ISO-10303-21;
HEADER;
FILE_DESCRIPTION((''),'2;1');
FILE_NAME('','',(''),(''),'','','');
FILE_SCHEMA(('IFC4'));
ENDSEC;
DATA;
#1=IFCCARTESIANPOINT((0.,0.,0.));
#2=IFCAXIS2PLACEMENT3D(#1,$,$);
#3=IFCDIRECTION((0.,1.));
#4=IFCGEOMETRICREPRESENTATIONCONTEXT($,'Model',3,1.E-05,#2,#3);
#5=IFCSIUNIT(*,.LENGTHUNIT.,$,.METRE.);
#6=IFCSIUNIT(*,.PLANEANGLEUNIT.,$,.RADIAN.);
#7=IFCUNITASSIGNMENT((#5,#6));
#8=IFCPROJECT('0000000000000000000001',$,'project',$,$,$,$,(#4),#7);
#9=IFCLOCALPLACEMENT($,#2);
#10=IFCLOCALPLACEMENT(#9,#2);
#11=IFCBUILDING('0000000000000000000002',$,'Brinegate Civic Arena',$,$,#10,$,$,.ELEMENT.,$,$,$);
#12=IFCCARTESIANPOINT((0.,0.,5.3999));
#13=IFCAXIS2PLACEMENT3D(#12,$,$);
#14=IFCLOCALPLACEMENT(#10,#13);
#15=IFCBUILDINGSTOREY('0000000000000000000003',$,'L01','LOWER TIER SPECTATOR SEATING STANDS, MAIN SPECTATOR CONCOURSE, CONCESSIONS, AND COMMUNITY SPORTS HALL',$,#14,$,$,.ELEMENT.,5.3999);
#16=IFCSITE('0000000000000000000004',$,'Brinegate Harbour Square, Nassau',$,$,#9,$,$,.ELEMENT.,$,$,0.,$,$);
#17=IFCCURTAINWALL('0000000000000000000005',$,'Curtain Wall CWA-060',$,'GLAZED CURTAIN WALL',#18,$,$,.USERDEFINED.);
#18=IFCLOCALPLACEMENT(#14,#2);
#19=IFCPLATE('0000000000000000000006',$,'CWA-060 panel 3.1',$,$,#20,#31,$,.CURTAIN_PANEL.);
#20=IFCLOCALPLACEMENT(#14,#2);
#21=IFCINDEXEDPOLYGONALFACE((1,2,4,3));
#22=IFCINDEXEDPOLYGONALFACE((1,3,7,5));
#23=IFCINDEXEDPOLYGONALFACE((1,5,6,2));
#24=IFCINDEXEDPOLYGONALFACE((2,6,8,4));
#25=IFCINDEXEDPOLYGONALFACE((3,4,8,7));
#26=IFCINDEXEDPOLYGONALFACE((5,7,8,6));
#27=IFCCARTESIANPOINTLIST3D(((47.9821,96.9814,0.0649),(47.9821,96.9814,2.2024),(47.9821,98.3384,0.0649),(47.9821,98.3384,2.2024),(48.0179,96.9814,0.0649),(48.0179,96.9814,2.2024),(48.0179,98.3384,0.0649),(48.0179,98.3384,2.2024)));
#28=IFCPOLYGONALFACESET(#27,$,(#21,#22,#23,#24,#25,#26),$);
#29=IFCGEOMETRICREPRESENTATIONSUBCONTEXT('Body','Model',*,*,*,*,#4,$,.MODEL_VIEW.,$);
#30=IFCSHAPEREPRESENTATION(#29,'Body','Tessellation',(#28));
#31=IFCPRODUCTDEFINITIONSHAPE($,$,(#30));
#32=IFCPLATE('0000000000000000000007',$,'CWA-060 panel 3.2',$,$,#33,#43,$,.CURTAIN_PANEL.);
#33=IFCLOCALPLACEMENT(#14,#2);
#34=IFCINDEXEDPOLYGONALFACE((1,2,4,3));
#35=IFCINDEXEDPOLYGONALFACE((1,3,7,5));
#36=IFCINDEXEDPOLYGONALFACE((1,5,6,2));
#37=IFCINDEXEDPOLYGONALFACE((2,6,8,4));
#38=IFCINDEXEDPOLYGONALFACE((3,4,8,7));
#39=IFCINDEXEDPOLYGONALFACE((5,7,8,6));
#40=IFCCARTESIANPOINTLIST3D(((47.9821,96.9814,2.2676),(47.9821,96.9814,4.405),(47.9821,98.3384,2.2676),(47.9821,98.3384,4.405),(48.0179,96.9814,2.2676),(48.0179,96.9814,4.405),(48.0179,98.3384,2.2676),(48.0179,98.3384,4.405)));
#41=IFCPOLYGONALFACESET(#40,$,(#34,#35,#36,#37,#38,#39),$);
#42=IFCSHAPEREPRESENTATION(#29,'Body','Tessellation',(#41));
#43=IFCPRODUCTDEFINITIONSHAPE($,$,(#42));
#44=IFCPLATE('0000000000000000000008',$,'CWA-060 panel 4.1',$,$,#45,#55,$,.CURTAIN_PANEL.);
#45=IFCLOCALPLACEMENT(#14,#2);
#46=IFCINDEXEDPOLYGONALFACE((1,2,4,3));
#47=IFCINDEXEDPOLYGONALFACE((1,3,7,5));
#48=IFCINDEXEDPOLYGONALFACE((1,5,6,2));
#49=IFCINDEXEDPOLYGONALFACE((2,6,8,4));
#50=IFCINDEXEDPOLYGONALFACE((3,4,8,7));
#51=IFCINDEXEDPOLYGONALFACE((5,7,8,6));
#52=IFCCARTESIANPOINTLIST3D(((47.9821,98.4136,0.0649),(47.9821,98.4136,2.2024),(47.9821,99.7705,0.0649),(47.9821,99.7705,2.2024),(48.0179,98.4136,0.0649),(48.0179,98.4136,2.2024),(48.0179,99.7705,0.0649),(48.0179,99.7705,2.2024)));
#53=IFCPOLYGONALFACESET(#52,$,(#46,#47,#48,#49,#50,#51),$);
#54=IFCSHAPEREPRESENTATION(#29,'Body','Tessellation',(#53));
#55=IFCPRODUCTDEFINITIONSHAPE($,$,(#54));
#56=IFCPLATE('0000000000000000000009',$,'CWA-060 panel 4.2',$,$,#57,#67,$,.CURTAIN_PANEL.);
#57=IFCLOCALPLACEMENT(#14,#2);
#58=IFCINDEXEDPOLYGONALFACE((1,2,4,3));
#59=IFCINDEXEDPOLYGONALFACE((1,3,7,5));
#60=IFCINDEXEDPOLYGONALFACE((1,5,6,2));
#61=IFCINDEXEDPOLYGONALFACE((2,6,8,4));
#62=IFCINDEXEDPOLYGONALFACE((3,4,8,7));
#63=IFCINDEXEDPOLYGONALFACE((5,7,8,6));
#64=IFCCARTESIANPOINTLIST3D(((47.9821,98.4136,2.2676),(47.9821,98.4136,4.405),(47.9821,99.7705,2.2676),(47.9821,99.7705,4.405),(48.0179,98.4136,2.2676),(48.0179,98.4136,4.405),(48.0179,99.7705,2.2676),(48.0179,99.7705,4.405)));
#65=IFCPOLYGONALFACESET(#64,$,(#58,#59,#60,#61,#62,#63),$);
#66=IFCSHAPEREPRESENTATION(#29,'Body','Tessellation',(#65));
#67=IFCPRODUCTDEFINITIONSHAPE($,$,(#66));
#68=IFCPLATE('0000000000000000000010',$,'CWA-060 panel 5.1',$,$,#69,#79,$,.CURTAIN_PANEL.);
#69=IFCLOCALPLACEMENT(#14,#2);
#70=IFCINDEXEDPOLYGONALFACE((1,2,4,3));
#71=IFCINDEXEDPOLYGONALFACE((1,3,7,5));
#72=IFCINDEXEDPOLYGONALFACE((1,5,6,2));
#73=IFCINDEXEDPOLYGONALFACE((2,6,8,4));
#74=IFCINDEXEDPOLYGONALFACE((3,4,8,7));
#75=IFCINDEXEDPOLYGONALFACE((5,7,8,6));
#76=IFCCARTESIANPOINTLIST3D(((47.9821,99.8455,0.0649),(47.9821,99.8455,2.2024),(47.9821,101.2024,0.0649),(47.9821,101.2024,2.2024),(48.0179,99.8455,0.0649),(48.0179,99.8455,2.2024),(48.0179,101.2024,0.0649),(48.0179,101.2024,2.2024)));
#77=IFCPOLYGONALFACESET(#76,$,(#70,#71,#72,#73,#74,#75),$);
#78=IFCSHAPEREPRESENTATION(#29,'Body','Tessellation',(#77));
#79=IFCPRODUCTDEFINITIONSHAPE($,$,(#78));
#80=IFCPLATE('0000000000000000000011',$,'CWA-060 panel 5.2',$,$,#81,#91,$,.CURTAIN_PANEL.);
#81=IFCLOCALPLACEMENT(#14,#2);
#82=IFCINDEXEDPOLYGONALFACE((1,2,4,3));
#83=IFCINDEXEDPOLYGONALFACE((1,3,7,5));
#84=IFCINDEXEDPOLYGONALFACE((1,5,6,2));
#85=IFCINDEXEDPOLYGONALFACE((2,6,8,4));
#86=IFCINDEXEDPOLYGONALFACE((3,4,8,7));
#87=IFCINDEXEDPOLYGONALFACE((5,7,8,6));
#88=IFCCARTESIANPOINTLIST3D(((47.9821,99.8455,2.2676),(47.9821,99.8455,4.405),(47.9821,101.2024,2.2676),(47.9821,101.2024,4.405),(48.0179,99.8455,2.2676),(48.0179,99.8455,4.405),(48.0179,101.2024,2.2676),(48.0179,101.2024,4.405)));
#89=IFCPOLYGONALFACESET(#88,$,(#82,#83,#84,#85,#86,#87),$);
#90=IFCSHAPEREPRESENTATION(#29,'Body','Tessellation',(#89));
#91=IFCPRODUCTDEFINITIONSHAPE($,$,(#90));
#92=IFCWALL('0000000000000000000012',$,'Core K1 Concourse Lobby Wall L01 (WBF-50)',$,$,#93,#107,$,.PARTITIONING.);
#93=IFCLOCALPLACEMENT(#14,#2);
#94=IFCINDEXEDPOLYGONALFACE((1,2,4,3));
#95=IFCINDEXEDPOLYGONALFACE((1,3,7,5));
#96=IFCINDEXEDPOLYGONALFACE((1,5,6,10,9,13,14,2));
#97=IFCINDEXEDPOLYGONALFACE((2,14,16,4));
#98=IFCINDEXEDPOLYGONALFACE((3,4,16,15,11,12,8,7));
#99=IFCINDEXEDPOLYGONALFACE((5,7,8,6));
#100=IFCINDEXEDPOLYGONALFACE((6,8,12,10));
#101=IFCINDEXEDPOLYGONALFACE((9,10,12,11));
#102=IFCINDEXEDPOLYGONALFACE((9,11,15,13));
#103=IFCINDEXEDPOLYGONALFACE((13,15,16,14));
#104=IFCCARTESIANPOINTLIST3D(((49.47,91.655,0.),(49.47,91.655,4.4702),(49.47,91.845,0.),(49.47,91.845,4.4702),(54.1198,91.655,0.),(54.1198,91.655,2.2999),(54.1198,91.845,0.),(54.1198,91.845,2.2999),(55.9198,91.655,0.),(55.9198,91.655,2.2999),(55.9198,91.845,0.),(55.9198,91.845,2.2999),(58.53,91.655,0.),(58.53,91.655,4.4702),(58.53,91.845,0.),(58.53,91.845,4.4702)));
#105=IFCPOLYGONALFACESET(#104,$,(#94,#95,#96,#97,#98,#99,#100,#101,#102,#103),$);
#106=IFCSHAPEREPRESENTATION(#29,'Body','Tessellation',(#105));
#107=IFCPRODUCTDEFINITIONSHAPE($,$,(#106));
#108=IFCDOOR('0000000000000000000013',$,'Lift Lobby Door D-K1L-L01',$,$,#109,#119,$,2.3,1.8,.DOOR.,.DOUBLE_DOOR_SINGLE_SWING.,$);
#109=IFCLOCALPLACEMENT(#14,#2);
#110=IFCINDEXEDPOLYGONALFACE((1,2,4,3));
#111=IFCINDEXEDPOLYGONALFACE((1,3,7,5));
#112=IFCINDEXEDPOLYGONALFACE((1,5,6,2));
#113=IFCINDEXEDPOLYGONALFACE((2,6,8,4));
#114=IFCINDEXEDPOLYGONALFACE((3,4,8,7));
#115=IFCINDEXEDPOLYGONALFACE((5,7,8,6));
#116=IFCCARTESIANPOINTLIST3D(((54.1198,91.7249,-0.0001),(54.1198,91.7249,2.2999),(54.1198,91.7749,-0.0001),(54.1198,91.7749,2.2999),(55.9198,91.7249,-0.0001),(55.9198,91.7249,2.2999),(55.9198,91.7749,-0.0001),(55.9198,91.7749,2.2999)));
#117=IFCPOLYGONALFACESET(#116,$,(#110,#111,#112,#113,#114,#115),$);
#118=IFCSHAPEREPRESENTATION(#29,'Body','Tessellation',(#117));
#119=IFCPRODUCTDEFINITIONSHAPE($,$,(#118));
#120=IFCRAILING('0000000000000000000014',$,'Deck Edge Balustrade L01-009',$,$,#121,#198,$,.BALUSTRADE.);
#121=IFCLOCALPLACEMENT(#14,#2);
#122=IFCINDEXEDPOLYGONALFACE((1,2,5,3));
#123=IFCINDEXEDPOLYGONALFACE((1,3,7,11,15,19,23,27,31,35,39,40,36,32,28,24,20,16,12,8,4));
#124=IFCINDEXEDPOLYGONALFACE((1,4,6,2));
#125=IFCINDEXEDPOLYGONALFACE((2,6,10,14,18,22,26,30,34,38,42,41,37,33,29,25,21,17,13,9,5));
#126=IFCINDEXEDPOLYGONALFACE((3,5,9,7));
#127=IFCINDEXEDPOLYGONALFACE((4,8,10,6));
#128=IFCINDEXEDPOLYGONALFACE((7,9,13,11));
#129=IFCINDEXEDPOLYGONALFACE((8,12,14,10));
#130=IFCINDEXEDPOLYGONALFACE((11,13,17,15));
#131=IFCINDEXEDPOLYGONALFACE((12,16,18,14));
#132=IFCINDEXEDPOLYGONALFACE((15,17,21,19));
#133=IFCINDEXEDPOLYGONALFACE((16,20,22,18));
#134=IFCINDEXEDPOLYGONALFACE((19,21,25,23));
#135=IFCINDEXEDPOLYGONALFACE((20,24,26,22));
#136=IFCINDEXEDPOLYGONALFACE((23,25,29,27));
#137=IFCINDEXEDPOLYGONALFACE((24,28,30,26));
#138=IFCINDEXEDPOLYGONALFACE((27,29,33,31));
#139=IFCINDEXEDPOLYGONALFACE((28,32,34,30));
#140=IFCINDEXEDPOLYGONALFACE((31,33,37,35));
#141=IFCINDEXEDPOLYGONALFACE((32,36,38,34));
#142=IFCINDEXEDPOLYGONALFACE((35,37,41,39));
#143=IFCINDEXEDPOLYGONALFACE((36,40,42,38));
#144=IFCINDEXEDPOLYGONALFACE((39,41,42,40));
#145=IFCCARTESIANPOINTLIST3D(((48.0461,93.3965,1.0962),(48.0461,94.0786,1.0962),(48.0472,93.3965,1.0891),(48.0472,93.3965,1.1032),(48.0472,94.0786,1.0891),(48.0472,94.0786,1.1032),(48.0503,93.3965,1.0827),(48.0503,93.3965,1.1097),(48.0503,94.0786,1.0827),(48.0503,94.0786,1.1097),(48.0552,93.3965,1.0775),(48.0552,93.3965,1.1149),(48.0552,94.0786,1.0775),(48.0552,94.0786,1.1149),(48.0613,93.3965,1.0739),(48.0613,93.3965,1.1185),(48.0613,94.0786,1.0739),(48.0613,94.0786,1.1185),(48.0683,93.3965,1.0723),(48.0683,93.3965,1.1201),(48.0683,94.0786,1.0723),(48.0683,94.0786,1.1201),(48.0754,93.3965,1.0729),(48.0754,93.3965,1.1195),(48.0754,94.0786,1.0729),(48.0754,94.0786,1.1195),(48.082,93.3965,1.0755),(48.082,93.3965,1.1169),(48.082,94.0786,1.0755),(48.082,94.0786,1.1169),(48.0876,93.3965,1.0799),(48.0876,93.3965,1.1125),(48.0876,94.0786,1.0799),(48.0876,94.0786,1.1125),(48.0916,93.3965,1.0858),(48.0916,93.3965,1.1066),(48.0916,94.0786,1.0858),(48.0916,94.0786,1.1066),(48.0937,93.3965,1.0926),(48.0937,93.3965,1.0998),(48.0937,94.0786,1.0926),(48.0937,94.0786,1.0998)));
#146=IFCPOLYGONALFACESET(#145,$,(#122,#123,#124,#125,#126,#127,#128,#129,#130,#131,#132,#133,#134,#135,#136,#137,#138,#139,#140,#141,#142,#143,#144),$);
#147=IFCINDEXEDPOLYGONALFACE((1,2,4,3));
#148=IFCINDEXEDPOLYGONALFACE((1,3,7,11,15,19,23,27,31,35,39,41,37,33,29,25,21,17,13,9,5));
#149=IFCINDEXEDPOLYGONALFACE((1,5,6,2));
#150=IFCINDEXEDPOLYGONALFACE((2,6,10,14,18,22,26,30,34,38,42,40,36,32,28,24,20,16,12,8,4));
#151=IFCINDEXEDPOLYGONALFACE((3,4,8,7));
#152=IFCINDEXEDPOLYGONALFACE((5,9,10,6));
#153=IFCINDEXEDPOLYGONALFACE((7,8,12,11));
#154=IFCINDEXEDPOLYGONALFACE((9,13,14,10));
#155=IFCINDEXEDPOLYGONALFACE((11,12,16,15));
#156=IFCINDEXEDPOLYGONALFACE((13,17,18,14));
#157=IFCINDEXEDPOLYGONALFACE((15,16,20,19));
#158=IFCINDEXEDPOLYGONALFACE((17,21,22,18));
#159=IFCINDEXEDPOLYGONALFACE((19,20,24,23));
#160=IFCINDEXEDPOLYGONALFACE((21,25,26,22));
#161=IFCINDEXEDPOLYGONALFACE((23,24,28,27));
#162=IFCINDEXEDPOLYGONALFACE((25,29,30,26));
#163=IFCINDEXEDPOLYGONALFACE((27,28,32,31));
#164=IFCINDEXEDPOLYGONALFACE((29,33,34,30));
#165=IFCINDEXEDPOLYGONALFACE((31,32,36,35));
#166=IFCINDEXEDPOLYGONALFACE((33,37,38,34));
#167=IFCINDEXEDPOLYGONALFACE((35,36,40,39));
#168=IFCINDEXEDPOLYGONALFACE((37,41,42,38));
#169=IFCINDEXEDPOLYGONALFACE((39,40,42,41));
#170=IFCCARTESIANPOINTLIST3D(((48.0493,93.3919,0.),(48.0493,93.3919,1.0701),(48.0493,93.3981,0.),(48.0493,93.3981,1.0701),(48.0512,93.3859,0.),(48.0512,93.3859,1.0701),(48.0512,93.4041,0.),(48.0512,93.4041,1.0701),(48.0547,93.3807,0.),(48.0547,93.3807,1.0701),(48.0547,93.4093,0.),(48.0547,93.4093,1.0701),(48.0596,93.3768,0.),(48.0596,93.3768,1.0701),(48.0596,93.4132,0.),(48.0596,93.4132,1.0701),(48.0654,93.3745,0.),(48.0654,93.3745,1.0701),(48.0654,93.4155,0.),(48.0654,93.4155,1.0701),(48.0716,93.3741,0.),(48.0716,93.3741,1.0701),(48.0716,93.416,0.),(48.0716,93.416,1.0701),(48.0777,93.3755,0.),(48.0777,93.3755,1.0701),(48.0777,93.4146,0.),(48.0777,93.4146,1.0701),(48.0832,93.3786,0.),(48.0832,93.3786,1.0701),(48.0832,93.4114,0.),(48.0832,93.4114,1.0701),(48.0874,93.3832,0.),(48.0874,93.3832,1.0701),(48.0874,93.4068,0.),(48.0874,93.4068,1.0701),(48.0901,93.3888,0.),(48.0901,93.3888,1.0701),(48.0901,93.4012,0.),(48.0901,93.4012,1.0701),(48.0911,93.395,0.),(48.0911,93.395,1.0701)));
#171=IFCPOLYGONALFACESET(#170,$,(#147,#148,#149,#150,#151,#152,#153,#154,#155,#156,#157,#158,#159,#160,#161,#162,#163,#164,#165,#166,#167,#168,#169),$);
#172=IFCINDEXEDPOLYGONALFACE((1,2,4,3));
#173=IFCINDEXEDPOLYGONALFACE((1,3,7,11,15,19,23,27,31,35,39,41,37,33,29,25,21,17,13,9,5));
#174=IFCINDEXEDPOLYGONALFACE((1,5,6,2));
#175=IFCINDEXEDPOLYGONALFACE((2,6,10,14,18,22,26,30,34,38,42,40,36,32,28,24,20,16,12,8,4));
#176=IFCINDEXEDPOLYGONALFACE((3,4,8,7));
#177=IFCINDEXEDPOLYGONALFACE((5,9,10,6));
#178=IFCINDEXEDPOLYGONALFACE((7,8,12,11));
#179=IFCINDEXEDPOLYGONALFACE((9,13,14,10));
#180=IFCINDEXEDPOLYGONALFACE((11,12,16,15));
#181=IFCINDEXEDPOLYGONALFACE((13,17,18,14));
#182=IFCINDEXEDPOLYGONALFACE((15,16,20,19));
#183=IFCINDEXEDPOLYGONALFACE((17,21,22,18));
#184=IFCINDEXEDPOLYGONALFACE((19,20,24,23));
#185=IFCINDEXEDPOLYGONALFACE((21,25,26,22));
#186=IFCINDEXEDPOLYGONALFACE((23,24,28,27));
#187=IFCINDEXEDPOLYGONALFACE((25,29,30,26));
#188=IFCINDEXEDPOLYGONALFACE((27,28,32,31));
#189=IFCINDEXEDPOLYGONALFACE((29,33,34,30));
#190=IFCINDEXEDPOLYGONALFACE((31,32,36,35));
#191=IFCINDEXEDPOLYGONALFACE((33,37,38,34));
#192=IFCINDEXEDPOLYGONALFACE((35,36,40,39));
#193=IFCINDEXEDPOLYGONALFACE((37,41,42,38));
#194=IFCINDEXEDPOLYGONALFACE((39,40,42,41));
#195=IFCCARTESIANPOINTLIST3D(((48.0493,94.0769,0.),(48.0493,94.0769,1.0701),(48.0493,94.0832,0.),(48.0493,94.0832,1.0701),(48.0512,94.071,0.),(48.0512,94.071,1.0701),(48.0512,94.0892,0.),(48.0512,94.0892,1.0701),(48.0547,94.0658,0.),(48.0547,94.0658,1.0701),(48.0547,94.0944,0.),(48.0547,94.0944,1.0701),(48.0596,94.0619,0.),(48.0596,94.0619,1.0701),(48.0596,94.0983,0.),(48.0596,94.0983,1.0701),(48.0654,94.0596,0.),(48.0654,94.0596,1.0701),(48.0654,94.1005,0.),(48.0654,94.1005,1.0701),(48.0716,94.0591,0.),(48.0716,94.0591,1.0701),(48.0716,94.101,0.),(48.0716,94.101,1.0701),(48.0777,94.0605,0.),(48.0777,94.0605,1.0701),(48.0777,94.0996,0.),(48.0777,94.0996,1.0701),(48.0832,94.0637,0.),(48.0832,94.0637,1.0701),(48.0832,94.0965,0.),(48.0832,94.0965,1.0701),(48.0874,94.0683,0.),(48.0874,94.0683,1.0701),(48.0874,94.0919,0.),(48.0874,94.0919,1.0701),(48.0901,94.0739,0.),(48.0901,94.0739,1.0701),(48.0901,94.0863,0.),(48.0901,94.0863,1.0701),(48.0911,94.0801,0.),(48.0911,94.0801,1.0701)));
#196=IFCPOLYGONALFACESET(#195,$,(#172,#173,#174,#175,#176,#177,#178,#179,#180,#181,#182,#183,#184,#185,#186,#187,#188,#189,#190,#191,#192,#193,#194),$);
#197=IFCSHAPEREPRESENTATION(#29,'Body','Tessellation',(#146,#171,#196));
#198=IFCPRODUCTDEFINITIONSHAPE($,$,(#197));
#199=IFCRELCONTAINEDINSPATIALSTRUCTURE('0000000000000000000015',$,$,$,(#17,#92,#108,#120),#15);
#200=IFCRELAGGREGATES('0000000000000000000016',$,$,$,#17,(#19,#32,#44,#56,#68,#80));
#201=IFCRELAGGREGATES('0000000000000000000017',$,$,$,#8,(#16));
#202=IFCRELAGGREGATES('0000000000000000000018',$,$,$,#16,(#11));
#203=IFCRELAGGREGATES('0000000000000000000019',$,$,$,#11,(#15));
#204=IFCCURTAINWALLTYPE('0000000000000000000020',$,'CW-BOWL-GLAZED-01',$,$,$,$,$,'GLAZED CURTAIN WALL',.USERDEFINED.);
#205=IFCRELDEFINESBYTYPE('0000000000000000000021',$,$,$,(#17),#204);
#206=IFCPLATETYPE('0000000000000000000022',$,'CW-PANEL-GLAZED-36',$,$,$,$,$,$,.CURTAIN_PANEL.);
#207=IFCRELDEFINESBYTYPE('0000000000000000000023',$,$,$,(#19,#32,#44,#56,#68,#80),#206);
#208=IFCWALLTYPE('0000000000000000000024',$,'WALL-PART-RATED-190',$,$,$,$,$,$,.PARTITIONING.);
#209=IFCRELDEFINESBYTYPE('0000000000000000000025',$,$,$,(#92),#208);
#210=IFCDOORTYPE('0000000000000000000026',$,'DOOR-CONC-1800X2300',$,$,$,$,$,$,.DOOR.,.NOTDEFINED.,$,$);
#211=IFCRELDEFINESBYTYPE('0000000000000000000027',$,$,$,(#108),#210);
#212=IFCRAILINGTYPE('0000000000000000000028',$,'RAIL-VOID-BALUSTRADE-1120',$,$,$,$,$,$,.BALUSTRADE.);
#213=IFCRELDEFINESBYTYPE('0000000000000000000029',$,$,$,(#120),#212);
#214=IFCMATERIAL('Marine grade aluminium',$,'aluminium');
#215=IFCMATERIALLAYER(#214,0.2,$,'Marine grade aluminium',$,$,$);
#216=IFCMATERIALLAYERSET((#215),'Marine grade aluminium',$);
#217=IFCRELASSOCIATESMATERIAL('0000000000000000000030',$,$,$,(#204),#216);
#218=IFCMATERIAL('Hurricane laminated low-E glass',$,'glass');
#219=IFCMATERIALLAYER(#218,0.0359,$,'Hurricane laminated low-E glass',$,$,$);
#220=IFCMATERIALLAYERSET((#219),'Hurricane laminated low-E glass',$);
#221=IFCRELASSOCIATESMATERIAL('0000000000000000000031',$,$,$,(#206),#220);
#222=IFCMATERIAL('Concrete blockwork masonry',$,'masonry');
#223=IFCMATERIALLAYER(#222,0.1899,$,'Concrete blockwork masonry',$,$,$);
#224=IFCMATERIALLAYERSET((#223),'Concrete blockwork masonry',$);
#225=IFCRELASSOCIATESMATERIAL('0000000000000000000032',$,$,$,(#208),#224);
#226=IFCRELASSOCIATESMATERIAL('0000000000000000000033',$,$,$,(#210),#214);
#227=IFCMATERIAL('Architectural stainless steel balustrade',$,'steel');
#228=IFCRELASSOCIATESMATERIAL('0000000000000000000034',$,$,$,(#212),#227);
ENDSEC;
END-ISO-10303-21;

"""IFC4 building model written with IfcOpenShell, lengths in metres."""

from ifc_helpers import new_model, si_unit, direction, frame, frame_2d, origin, origin_2d, place, context, subcontext, project, spatial, rectangle, circle, extrude, material, layer, layer_set, type_object, element, fill, aggregate, save


model = new_model("IFC4")

# Units and contexts
model_context = context("Model", 3, precision=1e-05, world=origin(), true_north=direction((0.0, 1.0)))
body_context = subcontext(model_context, "Body", "Model", "MODEL_VIEW")
ifc_project = project(units=[si_unit("LENGTHUNIT", "METRE"), si_unit("PLANEANGLEUNIT", "RADIAN")], contexts=[model_context])

# Site, building, storey
site_placement = place(None, origin())
site = spatial("IfcSite", under=ifc_project, at=site_placement, Name="Brinegate Harbour Square, Nassau", CompositionType="ELEMENT", RefElevation=0.0)
building_placement = place(site_placement, origin())
building = spatial("IfcBuilding", under=site, at=building_placement, Name="Brinegate Civic Arena", CompositionType="ELEMENT")
storey_placement = place(building_placement, frame((0.0, 0.0, 5.3999)))
storey = spatial("IfcBuildingStorey", under=building, at=storey_placement, Name="L01", Description="LOWER TIER SPECTATOR SEATING STANDS, MAIN SPECTATOR CONCOURSE, CONCESSIONS, AND COMMUNITY SPORTS HALL", CompositionType="ELEMENT", Elevation=5.3999)

# Curtain wall
ifc_material_1 = material(Name="Marine grade aluminium", Category="aluminium")
ifc_layer_1 = layer(ifc_material_1, 0.2, Name="Marine grade aluminium")
ifc_layer_set_1 = layer_set([ifc_layer_1], Name="Marine grade aluminium")
curtain_wall_type = type_object("IfcCurtainWallType", Name="CW-BOWL-GLAZED-01", ElementType="GLAZED CURTAIN WALL", PredefinedType="USERDEFINED", material=ifc_layer_set_1)
curtain_wall_placement = place(storey_placement, origin())
curtain_wall = element("IfcCurtainWall", 1, at=curtain_wall_placement, inside=storey, type_object=curtain_wall_type, Name="Curtain Wall CWA-060", ObjectType="GLAZED CURTAIN WALL", PredefinedType="USERDEFINED")

# Plates
ifc_material_2 = material(Name="Hurricane laminated low-E glass", Category="glass")
ifc_layer_2 = layer(ifc_material_2, 0.0359, Name="Hurricane laminated low-E glass")
ifc_layer_set_2 = layer_set([ifc_layer_2], Name="Hurricane laminated low-E glass")
plate_type = type_object("IfcPlateType", Name="CW-PANEL-GLAZED-36", PredefinedType="CURTAIN_PANEL", material=ifc_layer_set_2)
plate_1_placement = place(storey_placement, frame((48.0, 97.6599, 0.0649), z_axis=(0.0, 0.0, 1.0), x_axis=(0.0, 1.0, 0.0)))
plate_1 = element("IfcPlate", 2, at=plate_1_placement, type_object=plate_type, Name="CWA-060 panel 3.1", PredefinedType="CURTAIN_PANEL", context=body_context, shape_type="SweptSolid", body=[
    extrude(rectangle(XDim=1.3569, YDim=0.0359, at=origin_2d()), origin(), (0.0, 0.0, 1.0), 2.1375),
])
plate_2_placement = place(storey_placement, frame((48.0, 97.6599, 2.2676), z_axis=(0.0, 0.0, 1.0), x_axis=(0.0, 1.0, 0.0)))
plate_2 = element("IfcPlate", 3, at=plate_2_placement, type_object=plate_type, Name="CWA-060 panel 3.2", PredefinedType="CURTAIN_PANEL", context=body_context, shape_type="SweptSolid", body=[
    extrude(rectangle(XDim=1.3569, YDim=0.0359, at=origin_2d()), origin(), (0.0, 0.0, 1.0), 2.1375),
])
plate_3_placement = place(storey_placement, frame((48.0, 99.092, 0.0649), z_axis=(0.0, 0.0, 1.0), x_axis=(0.0, 1.0, 0.0)))
plate_3 = element("IfcPlate", 4, at=plate_3_placement, type_object=plate_type, Name="CWA-060 panel 4.1", PredefinedType="CURTAIN_PANEL", context=body_context, shape_type="SweptSolid", body=[
    extrude(rectangle(XDim=1.3569, YDim=0.0359, at=origin_2d()), origin(), (0.0, 0.0, 1.0), 2.1375),
])
plate_4_placement = place(storey_placement, frame((48.0, 99.092, 2.2676), z_axis=(0.0, 0.0, 1.0), x_axis=(0.0, 1.0, 0.0)))
plate_4 = element("IfcPlate", 5, at=plate_4_placement, type_object=plate_type, Name="CWA-060 panel 4.2", PredefinedType="CURTAIN_PANEL", context=body_context, shape_type="SweptSolid", body=[
    extrude(rectangle(XDim=1.3569, YDim=0.0359, at=origin_2d()), origin(), (0.0, 0.0, 1.0), 2.1375),
])
plate_5_placement = place(storey_placement, frame((48.0, 100.5239, 0.0649), z_axis=(0.0, 0.0, 1.0), x_axis=(0.0, 1.0, 0.0)))
plate_5 = element("IfcPlate", 6, at=plate_5_placement, type_object=plate_type, Name="CWA-060 panel 5.1", PredefinedType="CURTAIN_PANEL", context=body_context, shape_type="SweptSolid", body=[
    extrude(rectangle(XDim=1.3569, YDim=0.0359, at=origin_2d()), origin(), (0.0, 0.0, 1.0), 2.1375),
])
plate_6_placement = place(storey_placement, frame((48.0, 100.5239, 2.2676), z_axis=(0.0, 0.0, 1.0), x_axis=(0.0, 1.0, 0.0)))
plate_6 = element("IfcPlate", 7, at=plate_6_placement, type_object=plate_type, Name="CWA-060 panel 5.2", PredefinedType="CURTAIN_PANEL", context=body_context, shape_type="SweptSolid", body=[
    extrude(rectangle(XDim=1.3569, YDim=0.0359, at=origin_2d()), origin(), (0.0, 0.0, 1.0), 2.1375),
])
aggregate(curtain_wall, [plate_1, plate_2, plate_3, plate_4, plate_5, plate_6])

# Wall, opening, door
ifc_material_3 = material(Name="Concrete blockwork masonry", Category="masonry")
ifc_layer_3 = layer(ifc_material_3, 0.1899, Name="Concrete blockwork masonry")
ifc_layer_set_3 = layer_set([ifc_layer_3], Name="Concrete blockwork masonry")
wall_type = type_object("IfcWallType", Name="WALL-PART-RATED-190", PredefinedType="PARTITIONING", material=ifc_layer_set_3)
wall_placement = place(storey_placement, frame((49.47, 91.75, 0.0), z_axis=(0.0, 0.0, 1.0), x_axis=(1.0, 0.0, 0.0)))
wall = element("IfcWall", 8, at=wall_placement, inside=storey, type_object=wall_type, Name="Core K1 Concourse Lobby Wall L01 (WBF-50)", PredefinedType="PARTITIONING", context=body_context, shape_type="SweptSolid", body=[
    extrude(rectangle(XDim=9.0601, YDim=0.1899, at=frame_2d((4.53, 0.0))), origin(), (0.0, 0.0, 1.0), 4.4702),
])
opening_placement = place(wall_placement, frame((4.6499, 0.0, 0.0)))
opening = element("IfcOpeningElement", 9, at=opening_placement, cuts=wall, PredefinedType="OPENING", context=body_context, shape_type="SweptSolid", body=[
    extrude(rectangle(XDim=1.8, YDim=2.3, at=frame_2d((0.8999, 1.1499))), frame((0.0, 0.105, 0.0), z_axis=(0.0, -1.0, 0.0), x_axis=(1.0, 0.0, 0.0)), (0.0, 0.0, 1.0), 0.21),
])
door_type = type_object("IfcDoorType", Name="DOOR-CONC-1800X2300", OperationType="NOTDEFINED", PredefinedType="DOOR", material=ifc_material_1)
door_placement = place(opening_placement, origin())
door = element("IfcDoor", 10, at=door_placement, inside=storey, type_object=door_type, Name="Lift Lobby Door D-K1L-L01", OperationType="DOUBLE_DOOR_SINGLE_SWING", OverallHeight=2.3, OverallWidth=1.8, PredefinedType="DOOR", context=body_context, shape_type="SweptSolid", body=[
    extrude(rectangle(XDim=1.8, YDim=2.3, at=frame_2d((0.8999, 1.1499))), frame((0.0, 0.0249, 0.0), z_axis=(0.0, -1.0, 0.0), x_axis=(1.0, 0.0, 0.0)), (0.0, 0.0, 1.0), 0.05),
])
fill(opening, door)

# Railing
ifc_material_4 = material(Name="Architectural stainless steel balustrade", Category="steel")
railing_type = type_object("IfcRailingType", Name="RAIL-VOID-BALUSTRADE-1120", PredefinedType="BALUSTRADE", material=ifc_material_4)
railing_placement = place(storey_placement, frame((48.0701, 93.395, 0.0)))
element("IfcRailing", 11, at=railing_placement, inside=storey, type_object=railing_type, Name="Deck Edge Balustrade L01-009", PredefinedType="BALUSTRADE", context=body_context, shape_type="SweptSolid", body=[
    extrude(circle(Radius=0.0239, at=origin_2d()), frame((0.0, 0.0015, 1.0962), z_axis=(0.0, 1.0, 0.0), x_axis=(-1.0, 0.0, 0.0)), (0.0, 0.0, 1.0), 0.6821),
    extrude(circle(Radius=0.021, at=origin_2d()), origin(), (0.0, 0.0, 1.0), 1.0701),
    extrude(circle(Radius=0.021, at=origin_2d()), frame((0.0, 0.6851, 0.0)), (0.0, 0.0, 1.0), 1.0701),
])

save(model, "model.ifc")
